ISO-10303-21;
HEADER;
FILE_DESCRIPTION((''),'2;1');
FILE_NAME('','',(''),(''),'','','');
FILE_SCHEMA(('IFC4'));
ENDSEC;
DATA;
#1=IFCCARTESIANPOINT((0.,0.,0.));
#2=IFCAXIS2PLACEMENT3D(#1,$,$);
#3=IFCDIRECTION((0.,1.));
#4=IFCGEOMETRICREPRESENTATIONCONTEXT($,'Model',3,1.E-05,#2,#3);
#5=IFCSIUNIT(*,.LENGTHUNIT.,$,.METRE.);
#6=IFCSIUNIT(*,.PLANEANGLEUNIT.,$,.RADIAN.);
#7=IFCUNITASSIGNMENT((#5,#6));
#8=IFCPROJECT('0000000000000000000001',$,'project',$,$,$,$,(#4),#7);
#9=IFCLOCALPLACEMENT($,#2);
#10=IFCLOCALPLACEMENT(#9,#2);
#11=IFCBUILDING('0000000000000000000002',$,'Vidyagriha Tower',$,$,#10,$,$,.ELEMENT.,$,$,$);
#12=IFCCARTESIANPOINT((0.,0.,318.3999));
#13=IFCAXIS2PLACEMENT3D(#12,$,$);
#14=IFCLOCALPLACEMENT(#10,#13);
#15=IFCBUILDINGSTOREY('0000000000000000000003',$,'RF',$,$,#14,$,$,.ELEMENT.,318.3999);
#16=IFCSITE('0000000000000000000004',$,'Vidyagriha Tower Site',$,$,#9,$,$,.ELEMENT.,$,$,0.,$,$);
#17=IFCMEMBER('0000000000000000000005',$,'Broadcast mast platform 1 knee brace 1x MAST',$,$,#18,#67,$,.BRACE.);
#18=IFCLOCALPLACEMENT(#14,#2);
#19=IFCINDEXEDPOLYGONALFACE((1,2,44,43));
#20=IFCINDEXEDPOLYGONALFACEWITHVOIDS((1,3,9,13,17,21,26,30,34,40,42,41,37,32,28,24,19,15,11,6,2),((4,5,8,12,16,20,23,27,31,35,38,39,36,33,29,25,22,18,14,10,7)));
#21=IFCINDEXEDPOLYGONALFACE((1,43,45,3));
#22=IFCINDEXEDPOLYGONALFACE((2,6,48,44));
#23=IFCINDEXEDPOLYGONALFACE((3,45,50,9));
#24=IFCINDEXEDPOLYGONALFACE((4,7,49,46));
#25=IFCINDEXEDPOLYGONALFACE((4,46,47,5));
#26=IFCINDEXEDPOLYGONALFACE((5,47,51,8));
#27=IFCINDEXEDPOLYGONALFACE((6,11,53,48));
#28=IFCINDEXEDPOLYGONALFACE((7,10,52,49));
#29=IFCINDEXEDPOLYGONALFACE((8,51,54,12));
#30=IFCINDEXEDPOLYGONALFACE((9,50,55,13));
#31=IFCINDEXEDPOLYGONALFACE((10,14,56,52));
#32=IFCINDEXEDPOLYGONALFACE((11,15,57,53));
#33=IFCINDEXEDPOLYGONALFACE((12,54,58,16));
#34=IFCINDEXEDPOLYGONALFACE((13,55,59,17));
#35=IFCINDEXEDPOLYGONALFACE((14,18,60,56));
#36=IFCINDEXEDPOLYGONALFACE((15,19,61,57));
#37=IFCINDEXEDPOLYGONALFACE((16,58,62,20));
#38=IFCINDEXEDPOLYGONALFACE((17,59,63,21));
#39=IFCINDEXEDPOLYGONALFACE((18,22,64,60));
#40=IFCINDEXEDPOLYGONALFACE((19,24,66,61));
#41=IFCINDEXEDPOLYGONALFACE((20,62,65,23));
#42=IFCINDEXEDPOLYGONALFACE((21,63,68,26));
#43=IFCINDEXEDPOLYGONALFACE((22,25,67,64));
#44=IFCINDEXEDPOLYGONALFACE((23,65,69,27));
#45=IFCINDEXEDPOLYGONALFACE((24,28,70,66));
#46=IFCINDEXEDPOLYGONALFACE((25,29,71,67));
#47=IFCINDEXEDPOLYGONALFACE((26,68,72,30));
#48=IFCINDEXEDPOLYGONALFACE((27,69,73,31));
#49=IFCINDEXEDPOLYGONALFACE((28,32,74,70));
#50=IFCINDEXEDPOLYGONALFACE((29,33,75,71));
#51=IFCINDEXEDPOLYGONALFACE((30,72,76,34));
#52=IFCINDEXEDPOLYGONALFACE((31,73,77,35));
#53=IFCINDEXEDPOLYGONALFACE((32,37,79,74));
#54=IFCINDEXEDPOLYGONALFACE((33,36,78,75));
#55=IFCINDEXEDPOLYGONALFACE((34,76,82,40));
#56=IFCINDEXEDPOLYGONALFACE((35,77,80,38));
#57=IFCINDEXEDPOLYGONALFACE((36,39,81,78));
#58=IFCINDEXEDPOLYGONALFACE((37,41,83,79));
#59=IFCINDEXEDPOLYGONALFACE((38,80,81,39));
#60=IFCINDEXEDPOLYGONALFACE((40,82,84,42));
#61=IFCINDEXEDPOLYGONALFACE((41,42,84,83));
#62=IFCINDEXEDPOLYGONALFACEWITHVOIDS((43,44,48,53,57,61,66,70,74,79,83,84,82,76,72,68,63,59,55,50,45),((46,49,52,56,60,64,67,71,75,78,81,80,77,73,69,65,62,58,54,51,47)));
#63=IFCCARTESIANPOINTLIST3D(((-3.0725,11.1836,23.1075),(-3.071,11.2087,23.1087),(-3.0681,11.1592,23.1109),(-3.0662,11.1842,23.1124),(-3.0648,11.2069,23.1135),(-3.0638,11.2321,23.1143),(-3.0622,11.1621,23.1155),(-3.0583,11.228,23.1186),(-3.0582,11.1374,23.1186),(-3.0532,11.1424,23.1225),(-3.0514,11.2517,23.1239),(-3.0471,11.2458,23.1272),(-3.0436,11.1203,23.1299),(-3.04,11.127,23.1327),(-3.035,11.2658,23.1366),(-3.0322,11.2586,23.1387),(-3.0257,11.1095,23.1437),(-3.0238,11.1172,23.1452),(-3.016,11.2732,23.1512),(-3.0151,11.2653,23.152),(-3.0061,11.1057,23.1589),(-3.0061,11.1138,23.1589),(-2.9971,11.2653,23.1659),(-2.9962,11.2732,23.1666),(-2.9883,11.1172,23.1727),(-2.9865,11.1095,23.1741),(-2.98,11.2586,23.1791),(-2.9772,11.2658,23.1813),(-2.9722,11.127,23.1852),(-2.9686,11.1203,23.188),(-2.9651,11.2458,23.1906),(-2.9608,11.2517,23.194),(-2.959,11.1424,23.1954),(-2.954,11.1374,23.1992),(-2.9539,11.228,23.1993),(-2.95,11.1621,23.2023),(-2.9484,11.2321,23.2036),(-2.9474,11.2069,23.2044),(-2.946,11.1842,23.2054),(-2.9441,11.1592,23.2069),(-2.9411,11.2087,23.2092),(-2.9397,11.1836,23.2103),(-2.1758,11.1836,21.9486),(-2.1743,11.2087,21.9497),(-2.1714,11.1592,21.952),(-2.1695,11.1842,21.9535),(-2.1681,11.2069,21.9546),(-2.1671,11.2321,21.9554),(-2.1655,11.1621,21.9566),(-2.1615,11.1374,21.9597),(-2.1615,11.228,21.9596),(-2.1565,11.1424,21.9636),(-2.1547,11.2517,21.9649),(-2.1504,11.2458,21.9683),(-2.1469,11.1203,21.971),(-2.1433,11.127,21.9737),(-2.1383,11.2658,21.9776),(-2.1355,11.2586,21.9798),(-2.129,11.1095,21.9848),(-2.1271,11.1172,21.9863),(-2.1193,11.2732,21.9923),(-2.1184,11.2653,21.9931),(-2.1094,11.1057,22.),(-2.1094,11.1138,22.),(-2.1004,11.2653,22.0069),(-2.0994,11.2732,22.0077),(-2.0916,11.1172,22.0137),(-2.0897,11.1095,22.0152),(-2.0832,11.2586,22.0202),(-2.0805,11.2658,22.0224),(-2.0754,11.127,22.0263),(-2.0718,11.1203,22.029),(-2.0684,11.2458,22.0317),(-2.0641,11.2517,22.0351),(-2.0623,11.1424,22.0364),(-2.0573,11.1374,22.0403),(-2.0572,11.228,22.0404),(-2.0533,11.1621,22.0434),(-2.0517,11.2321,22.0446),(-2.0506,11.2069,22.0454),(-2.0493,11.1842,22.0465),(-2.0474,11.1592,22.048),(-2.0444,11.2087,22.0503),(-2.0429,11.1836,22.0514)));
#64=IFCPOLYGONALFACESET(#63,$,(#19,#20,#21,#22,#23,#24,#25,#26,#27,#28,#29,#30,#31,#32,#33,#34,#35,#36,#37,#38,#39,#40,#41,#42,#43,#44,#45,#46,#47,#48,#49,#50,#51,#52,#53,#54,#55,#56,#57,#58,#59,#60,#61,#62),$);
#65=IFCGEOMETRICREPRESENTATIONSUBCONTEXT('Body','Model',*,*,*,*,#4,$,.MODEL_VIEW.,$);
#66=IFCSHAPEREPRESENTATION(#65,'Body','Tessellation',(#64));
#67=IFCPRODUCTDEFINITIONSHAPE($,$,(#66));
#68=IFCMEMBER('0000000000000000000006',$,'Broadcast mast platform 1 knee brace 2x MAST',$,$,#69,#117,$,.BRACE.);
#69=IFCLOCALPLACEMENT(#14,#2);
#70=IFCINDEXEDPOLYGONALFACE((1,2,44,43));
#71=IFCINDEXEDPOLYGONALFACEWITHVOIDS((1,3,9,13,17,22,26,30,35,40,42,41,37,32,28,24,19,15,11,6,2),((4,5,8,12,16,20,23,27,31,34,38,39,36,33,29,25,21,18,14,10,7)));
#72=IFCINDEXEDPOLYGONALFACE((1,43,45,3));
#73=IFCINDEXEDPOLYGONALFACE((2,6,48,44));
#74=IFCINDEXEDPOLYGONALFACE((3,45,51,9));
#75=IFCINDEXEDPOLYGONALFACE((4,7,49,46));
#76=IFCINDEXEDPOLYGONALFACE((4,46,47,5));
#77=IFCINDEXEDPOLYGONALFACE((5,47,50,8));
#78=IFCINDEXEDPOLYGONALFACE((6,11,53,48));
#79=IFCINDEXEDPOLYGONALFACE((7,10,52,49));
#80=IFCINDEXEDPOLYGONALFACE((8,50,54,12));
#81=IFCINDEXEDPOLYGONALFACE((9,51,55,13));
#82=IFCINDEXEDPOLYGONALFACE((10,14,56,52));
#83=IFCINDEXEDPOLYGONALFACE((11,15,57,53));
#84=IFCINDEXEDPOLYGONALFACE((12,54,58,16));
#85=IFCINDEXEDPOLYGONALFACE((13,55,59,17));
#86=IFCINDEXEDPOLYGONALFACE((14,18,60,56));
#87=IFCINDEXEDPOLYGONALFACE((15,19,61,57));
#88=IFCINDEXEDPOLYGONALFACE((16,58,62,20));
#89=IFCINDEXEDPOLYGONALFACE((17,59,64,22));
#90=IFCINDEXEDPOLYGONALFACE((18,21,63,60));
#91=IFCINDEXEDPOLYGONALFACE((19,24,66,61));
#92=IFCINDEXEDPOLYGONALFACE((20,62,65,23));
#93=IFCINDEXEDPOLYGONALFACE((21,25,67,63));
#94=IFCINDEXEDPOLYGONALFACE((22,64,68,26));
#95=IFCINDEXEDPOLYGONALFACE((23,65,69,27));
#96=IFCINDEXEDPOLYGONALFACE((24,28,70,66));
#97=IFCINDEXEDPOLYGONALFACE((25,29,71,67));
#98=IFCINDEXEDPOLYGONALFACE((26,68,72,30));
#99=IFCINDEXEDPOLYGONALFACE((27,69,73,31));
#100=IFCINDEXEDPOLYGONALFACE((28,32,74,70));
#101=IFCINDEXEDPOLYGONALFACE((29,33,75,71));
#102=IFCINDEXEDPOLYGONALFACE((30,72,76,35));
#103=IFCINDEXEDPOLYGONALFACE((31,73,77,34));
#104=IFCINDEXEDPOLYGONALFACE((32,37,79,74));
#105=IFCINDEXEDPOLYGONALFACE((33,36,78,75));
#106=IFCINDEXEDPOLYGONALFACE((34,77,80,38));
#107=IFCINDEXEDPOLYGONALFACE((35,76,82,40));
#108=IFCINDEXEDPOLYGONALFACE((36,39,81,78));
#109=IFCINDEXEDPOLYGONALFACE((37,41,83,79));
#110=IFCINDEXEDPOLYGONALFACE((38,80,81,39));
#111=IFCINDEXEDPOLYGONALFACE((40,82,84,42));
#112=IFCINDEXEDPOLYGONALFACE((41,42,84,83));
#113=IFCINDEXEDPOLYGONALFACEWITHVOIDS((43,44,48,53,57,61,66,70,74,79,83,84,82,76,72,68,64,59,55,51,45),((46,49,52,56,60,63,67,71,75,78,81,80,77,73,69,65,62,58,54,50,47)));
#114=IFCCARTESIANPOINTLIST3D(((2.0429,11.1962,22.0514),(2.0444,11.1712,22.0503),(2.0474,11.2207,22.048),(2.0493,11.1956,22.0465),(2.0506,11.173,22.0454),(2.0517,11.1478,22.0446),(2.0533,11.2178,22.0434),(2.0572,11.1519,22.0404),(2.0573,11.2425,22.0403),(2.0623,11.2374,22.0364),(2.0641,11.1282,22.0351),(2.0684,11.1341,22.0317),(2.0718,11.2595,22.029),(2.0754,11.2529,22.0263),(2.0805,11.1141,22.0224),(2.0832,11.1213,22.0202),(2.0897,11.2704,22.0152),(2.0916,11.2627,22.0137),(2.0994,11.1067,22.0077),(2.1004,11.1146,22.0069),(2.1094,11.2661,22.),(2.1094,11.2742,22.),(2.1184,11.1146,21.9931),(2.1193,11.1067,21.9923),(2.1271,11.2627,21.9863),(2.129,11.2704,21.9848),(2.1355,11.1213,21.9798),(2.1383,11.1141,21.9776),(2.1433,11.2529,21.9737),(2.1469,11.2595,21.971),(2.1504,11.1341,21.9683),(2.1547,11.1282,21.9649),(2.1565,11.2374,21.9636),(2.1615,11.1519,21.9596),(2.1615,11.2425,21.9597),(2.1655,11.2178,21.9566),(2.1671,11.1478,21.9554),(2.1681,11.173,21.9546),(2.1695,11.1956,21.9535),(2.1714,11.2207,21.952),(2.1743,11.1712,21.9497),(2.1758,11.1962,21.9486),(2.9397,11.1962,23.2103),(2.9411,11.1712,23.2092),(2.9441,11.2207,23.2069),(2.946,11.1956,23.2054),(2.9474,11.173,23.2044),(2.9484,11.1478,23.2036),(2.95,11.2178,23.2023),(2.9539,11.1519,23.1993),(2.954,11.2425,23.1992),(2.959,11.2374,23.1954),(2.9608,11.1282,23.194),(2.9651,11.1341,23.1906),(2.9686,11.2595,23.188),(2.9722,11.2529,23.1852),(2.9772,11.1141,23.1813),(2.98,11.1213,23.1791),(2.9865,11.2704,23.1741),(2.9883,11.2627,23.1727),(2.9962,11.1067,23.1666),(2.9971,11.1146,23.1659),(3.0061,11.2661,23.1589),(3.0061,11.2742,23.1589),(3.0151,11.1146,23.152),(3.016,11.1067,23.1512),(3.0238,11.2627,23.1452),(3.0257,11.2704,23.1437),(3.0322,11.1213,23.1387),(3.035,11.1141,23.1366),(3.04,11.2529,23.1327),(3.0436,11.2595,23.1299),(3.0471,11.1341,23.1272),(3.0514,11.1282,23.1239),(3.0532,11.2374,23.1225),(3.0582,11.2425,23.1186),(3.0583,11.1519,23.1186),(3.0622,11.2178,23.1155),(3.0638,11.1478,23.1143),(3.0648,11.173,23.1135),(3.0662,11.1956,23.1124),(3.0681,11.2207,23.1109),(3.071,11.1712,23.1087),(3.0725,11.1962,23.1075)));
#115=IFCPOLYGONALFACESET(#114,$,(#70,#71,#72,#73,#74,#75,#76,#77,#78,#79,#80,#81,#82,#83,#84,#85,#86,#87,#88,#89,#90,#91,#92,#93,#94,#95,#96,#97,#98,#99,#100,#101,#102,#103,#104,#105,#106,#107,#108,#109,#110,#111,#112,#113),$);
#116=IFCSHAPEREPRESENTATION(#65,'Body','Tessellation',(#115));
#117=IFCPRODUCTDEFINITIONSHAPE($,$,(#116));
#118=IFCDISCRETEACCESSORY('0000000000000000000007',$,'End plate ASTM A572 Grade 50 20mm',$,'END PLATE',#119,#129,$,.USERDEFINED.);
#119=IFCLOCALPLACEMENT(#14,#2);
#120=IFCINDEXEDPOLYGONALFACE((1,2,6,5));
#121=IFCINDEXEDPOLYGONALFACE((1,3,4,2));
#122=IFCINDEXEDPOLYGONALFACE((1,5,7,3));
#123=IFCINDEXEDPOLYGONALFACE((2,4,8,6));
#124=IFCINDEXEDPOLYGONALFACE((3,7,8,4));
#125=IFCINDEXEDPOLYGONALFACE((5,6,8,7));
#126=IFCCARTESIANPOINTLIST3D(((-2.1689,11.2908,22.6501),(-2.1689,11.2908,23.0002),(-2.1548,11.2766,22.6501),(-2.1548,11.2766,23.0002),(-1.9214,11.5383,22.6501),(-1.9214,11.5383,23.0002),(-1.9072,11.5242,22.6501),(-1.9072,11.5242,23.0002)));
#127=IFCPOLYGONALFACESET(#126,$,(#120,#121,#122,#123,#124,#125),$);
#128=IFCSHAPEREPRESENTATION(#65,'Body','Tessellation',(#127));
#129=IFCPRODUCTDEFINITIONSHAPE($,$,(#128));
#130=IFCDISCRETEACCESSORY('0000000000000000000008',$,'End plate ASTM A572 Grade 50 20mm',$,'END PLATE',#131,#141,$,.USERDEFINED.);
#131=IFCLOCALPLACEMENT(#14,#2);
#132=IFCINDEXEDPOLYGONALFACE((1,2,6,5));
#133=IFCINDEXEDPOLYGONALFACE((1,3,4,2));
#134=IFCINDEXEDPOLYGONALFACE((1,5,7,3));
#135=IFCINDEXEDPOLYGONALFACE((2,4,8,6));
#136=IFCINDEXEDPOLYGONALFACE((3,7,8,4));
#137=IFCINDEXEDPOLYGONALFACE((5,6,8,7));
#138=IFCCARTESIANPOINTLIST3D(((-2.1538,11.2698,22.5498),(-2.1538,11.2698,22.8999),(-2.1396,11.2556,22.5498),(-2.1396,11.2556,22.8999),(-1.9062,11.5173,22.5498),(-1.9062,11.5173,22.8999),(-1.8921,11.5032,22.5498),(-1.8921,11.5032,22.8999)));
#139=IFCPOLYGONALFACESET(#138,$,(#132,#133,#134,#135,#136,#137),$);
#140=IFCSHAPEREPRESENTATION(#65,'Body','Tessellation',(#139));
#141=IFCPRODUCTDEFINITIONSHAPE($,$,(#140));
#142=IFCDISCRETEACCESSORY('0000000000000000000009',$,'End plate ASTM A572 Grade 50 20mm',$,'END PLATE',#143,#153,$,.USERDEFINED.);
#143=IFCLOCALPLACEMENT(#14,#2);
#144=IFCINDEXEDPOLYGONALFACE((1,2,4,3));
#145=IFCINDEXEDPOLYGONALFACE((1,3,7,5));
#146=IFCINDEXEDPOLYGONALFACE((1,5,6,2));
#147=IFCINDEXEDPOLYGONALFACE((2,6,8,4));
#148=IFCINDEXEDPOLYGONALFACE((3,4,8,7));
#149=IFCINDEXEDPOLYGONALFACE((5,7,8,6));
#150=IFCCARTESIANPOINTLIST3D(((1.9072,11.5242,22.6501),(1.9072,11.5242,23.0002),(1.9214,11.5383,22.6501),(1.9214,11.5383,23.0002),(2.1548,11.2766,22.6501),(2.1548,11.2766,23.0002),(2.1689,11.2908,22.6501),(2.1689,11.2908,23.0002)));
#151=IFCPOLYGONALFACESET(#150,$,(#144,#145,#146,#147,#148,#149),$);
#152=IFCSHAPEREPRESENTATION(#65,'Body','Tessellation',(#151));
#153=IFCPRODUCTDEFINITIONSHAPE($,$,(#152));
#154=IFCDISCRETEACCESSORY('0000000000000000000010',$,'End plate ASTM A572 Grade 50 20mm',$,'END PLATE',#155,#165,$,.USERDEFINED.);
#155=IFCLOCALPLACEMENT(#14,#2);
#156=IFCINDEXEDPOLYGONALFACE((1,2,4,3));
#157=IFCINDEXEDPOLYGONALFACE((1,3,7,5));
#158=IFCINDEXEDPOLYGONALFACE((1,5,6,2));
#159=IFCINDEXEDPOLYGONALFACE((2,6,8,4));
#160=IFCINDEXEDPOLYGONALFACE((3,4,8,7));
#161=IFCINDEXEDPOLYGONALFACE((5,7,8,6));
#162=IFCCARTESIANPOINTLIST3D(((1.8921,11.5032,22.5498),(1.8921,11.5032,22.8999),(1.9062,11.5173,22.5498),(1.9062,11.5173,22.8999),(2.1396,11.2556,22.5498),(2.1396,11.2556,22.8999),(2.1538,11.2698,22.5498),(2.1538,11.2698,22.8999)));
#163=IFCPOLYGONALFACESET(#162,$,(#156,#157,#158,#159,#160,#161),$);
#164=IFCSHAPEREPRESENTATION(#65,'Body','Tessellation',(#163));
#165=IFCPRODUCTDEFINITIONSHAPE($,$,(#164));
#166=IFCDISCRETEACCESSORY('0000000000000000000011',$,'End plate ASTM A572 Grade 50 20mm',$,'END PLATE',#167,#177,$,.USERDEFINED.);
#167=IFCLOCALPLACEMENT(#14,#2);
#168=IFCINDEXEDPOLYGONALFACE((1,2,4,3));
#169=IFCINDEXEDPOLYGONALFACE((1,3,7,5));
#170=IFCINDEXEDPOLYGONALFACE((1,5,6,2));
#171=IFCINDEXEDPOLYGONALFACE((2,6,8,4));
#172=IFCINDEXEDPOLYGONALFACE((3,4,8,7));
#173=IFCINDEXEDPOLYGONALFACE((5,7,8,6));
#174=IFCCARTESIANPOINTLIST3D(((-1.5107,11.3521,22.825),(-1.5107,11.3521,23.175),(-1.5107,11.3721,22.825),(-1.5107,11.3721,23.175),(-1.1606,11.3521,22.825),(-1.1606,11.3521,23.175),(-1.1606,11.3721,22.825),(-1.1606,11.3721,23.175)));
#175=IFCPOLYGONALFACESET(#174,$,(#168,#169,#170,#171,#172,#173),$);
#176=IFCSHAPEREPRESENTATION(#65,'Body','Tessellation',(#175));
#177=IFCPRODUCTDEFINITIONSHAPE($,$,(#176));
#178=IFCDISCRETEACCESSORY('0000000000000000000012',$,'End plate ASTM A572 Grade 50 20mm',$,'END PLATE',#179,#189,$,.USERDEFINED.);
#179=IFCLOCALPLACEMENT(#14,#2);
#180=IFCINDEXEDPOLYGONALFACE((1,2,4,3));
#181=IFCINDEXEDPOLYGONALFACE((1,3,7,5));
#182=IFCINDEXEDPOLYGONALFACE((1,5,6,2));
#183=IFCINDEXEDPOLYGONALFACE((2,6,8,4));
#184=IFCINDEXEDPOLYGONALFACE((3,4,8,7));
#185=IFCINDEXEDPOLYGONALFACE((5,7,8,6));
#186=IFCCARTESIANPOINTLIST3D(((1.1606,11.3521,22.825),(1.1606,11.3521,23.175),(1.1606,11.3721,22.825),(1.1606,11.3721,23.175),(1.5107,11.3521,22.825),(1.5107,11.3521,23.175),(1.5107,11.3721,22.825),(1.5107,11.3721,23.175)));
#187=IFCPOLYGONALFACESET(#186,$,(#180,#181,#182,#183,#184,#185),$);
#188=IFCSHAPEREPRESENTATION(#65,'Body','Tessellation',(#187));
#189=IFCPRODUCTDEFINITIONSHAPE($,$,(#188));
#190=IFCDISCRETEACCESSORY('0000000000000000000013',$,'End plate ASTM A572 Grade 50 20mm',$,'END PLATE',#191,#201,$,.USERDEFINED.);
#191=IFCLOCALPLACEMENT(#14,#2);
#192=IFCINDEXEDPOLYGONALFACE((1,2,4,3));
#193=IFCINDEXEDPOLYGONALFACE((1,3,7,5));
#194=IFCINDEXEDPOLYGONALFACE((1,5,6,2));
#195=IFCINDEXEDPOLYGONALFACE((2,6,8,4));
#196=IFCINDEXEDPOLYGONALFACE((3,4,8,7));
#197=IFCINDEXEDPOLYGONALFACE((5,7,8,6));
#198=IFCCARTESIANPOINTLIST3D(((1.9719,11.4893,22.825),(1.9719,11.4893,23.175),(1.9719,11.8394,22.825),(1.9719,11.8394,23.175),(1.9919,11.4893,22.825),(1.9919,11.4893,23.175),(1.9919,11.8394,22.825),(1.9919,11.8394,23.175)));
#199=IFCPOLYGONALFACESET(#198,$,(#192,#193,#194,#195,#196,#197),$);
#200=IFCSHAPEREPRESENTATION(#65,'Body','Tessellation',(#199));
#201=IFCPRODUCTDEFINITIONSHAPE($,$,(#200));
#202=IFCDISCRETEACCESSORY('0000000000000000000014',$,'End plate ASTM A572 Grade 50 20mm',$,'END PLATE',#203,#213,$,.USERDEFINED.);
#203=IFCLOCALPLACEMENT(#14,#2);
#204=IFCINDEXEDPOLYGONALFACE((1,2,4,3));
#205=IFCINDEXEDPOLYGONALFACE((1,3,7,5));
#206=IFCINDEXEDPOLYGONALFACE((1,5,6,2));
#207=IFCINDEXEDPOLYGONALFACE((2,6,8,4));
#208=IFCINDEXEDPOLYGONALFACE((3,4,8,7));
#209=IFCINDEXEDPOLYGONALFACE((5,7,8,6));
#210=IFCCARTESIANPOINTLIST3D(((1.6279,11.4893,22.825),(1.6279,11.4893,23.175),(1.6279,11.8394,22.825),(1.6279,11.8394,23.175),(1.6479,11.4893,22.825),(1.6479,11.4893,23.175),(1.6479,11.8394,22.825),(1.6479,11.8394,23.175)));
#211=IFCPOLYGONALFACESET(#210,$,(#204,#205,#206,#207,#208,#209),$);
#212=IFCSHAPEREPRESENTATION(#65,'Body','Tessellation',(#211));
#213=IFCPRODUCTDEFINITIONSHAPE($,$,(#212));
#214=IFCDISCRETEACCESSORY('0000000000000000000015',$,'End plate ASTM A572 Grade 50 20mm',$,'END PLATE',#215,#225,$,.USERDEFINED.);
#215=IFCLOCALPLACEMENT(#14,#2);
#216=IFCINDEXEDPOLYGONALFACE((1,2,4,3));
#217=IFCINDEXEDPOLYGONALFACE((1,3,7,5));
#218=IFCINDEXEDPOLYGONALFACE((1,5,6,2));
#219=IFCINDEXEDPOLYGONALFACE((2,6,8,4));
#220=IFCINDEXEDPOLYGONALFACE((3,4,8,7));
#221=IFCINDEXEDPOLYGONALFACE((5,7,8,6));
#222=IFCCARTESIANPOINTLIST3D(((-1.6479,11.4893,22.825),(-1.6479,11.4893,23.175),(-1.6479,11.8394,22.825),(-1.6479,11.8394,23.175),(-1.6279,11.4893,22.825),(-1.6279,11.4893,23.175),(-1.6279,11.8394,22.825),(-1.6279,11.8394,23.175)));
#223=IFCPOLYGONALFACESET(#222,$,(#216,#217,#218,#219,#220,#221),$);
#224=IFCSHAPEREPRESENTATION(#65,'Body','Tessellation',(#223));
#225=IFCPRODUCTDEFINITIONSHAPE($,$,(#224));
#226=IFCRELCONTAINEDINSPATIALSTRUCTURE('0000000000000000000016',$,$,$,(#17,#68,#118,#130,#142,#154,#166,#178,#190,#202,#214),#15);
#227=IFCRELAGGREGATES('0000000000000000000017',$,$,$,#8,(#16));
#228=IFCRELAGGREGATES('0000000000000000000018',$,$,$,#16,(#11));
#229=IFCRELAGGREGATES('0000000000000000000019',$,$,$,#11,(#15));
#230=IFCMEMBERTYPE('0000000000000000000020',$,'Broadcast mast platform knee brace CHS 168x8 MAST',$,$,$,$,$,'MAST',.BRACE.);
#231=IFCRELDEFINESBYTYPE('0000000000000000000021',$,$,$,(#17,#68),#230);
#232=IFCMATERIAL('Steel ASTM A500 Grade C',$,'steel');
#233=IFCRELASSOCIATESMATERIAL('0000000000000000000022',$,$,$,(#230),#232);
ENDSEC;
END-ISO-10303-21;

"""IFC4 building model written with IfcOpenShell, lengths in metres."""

from ifc_helpers import new_model, si_unit, direction, frame, origin, origin_2d, place, context, subcontext, project, spatial, rectangle, hollow_circle, extrude, material, material_profile, profile_set, type_object, element, save


model = new_model("IFC4")

# Units and contexts
model_context = context("Model", 3, precision=1e-05, world=origin(), true_north=direction((0.0, 1.0)))
body_context = subcontext(model_context, "Body", "Model", "MODEL_VIEW")
ifc_project = project(units=[si_unit("LENGTHUNIT", "METRE"), si_unit("PLANEANGLEUNIT", "RADIAN")], contexts=[model_context])

# Site, building, storey
site_placement = place(None, origin())
site = spatial("IfcSite", under=ifc_project, at=site_placement, Name="Vidyagriha Tower Site", CompositionType="ELEMENT", RefElevation=0.0)
building_placement = place(site_placement, origin())
building = spatial("IfcBuilding", under=site, at=building_placement, Name="Vidyagriha Tower", CompositionType="ELEMENT")
storey_placement = place(building_placement, frame((0.0, 0.0, 318.3999)))
storey = spatial("IfcBuildingStorey", under=building, at=storey_placement, Name="RF", CompositionType="ELEMENT", Elevation=318.3999)

# Members
ifc_material_1 = material(Name="Steel ASTM A500 Grade C", Category="steel")
ifc_material_profile_1 = material_profile(ifc_material_1, hollow_circle(Radius=0.0842, WallThickness=0.0081, at=origin_2d()), Name="Broadcast mast platform knee brace CHS 168x8 MAST")
ifc_profile_set_1 = profile_set([ifc_material_profile_1], Name="Steel ASTM A500 Grade C")
member_type_1 = type_object("IfcMemberType", Name="Broadcast mast platform knee brace CHS 168x8 MAST", ElementType="MAST", PredefinedType="BRACE", material=ifc_profile_set_1)
for number, where, z_axis, x_axis, name in (
    (1, (-2.1094, 11.1899, 22.0), (-0.611955, 0.0, 0.790893), (0.0, -1.0, 0.0), "Broadcast mast platform 1 knee brace 1x MAST"),
    (2, (2.1094, 11.1899, 22.0), (0.611955, 0.0, 0.790893), (0.0, 1.0, 0.0), "Broadcast mast platform 1 knee brace 2x MAST"),
):
    element("IfcMember", number, at=place(storey_placement, frame(where, z_axis=z_axis, x_axis=x_axis)), inside=storey, type_object=member_type_1, Name=name, PredefinedType="BRACE", context=body_context, shape_type="SweptSolid", body=[
        extrude(hollow_circle(Radius=0.0842, WallThickness=0.0081, at=origin_2d()), origin(), (0.0, 0.0, 1.0), 1.4653),
    ])

# Discrete accessories
for number, where, z_axis, x_axis, name in (
    (3, (-2.0381, 11.4075, 22.6501), (0.0, 0.0, 1.0), (0.707107, 0.707107, 0.0), "End plate ASTM A572 Grade 50 20mm"),
    (4, (-2.0229, 11.3865, 22.5498), (0.0, 0.0, 1.0), (0.707107, 0.707107, 0.0), "End plate ASTM A572 Grade 50 20mm"),
    (5, (2.0381, 11.4075, 22.6501), (0.0, 0.0, 1.0), (-0.707107, 0.707107, 0.0), "End plate ASTM A572 Grade 50 20mm"),
    (6, (2.0229, 11.3865, 22.5498), (0.0, 0.0, 1.0), (-0.707107, 0.707107, 0.0), "End plate ASTM A572 Grade 50 20mm"),
    (7, (-1.3357, 11.3621, 22.825), (0.0, 0.0, 1.0), (-1.0, 0.0, 0.0), "End plate ASTM A572 Grade 50 20mm"),
):
    element("IfcDiscreteAccessory", number, at=place(storey_placement, frame(where, z_axis=z_axis, x_axis=x_axis)), inside=storey, Name=name, ObjectType="END PLATE", PredefinedType="USERDEFINED", context=body_context, shape_type="SweptSolid", body=[
        extrude(rectangle(XDim=0.3501, YDim=0.02, at=origin_2d()), origin(), (0.0, 0.0, 1.0), 0.3501),
    ])
discrete_accessory_1_placement = place(storey_placement, frame((1.3357, 11.3621, 22.825)))
element("IfcDiscreteAccessory", 8, at=discrete_accessory_1_placement, inside=storey, Name="End plate ASTM A572 Grade 50 20mm", ObjectType="END PLATE", PredefinedType="USERDEFINED", context=body_context, shape_type="SweptSolid", body=[
    extrude(rectangle(XDim=0.3501, YDim=0.02, at=origin_2d()), origin(), (0.0, 0.0, 1.0), 0.3501),
])
for number, where, z_axis, x_axis, name in (
    (9, (1.9819, 11.6643, 22.825), (0.0, 0.0, 1.0), (0.0, -1.0, 0.0), "End plate ASTM A572 Grade 50 20mm"),
    (10, (1.6379, 11.6643, 22.825), (0.0, 0.0, 1.0), (0.0, -1.0, 0.0), "End plate ASTM A572 Grade 50 20mm"),
    (11, (-1.6379, 11.6643, 22.825), (0.0, 0.0, 1.0), (0.0, -1.0, 0.0), "End plate ASTM A572 Grade 50 20mm"),
):
    element("IfcDiscreteAccessory", number, at=place(storey_placement, frame(where, z_axis=z_axis, x_axis=x_axis)), inside=storey, Name=name, ObjectType="END PLATE", PredefinedType="USERDEFINED", context=body_context, shape_type="SweptSolid", body=[
        extrude(rectangle(XDim=0.3501, YDim=0.02, at=origin_2d()), origin(), (0.0, 0.0, 1.0), 0.3501),
    ])

save(model, "model.ifc")
